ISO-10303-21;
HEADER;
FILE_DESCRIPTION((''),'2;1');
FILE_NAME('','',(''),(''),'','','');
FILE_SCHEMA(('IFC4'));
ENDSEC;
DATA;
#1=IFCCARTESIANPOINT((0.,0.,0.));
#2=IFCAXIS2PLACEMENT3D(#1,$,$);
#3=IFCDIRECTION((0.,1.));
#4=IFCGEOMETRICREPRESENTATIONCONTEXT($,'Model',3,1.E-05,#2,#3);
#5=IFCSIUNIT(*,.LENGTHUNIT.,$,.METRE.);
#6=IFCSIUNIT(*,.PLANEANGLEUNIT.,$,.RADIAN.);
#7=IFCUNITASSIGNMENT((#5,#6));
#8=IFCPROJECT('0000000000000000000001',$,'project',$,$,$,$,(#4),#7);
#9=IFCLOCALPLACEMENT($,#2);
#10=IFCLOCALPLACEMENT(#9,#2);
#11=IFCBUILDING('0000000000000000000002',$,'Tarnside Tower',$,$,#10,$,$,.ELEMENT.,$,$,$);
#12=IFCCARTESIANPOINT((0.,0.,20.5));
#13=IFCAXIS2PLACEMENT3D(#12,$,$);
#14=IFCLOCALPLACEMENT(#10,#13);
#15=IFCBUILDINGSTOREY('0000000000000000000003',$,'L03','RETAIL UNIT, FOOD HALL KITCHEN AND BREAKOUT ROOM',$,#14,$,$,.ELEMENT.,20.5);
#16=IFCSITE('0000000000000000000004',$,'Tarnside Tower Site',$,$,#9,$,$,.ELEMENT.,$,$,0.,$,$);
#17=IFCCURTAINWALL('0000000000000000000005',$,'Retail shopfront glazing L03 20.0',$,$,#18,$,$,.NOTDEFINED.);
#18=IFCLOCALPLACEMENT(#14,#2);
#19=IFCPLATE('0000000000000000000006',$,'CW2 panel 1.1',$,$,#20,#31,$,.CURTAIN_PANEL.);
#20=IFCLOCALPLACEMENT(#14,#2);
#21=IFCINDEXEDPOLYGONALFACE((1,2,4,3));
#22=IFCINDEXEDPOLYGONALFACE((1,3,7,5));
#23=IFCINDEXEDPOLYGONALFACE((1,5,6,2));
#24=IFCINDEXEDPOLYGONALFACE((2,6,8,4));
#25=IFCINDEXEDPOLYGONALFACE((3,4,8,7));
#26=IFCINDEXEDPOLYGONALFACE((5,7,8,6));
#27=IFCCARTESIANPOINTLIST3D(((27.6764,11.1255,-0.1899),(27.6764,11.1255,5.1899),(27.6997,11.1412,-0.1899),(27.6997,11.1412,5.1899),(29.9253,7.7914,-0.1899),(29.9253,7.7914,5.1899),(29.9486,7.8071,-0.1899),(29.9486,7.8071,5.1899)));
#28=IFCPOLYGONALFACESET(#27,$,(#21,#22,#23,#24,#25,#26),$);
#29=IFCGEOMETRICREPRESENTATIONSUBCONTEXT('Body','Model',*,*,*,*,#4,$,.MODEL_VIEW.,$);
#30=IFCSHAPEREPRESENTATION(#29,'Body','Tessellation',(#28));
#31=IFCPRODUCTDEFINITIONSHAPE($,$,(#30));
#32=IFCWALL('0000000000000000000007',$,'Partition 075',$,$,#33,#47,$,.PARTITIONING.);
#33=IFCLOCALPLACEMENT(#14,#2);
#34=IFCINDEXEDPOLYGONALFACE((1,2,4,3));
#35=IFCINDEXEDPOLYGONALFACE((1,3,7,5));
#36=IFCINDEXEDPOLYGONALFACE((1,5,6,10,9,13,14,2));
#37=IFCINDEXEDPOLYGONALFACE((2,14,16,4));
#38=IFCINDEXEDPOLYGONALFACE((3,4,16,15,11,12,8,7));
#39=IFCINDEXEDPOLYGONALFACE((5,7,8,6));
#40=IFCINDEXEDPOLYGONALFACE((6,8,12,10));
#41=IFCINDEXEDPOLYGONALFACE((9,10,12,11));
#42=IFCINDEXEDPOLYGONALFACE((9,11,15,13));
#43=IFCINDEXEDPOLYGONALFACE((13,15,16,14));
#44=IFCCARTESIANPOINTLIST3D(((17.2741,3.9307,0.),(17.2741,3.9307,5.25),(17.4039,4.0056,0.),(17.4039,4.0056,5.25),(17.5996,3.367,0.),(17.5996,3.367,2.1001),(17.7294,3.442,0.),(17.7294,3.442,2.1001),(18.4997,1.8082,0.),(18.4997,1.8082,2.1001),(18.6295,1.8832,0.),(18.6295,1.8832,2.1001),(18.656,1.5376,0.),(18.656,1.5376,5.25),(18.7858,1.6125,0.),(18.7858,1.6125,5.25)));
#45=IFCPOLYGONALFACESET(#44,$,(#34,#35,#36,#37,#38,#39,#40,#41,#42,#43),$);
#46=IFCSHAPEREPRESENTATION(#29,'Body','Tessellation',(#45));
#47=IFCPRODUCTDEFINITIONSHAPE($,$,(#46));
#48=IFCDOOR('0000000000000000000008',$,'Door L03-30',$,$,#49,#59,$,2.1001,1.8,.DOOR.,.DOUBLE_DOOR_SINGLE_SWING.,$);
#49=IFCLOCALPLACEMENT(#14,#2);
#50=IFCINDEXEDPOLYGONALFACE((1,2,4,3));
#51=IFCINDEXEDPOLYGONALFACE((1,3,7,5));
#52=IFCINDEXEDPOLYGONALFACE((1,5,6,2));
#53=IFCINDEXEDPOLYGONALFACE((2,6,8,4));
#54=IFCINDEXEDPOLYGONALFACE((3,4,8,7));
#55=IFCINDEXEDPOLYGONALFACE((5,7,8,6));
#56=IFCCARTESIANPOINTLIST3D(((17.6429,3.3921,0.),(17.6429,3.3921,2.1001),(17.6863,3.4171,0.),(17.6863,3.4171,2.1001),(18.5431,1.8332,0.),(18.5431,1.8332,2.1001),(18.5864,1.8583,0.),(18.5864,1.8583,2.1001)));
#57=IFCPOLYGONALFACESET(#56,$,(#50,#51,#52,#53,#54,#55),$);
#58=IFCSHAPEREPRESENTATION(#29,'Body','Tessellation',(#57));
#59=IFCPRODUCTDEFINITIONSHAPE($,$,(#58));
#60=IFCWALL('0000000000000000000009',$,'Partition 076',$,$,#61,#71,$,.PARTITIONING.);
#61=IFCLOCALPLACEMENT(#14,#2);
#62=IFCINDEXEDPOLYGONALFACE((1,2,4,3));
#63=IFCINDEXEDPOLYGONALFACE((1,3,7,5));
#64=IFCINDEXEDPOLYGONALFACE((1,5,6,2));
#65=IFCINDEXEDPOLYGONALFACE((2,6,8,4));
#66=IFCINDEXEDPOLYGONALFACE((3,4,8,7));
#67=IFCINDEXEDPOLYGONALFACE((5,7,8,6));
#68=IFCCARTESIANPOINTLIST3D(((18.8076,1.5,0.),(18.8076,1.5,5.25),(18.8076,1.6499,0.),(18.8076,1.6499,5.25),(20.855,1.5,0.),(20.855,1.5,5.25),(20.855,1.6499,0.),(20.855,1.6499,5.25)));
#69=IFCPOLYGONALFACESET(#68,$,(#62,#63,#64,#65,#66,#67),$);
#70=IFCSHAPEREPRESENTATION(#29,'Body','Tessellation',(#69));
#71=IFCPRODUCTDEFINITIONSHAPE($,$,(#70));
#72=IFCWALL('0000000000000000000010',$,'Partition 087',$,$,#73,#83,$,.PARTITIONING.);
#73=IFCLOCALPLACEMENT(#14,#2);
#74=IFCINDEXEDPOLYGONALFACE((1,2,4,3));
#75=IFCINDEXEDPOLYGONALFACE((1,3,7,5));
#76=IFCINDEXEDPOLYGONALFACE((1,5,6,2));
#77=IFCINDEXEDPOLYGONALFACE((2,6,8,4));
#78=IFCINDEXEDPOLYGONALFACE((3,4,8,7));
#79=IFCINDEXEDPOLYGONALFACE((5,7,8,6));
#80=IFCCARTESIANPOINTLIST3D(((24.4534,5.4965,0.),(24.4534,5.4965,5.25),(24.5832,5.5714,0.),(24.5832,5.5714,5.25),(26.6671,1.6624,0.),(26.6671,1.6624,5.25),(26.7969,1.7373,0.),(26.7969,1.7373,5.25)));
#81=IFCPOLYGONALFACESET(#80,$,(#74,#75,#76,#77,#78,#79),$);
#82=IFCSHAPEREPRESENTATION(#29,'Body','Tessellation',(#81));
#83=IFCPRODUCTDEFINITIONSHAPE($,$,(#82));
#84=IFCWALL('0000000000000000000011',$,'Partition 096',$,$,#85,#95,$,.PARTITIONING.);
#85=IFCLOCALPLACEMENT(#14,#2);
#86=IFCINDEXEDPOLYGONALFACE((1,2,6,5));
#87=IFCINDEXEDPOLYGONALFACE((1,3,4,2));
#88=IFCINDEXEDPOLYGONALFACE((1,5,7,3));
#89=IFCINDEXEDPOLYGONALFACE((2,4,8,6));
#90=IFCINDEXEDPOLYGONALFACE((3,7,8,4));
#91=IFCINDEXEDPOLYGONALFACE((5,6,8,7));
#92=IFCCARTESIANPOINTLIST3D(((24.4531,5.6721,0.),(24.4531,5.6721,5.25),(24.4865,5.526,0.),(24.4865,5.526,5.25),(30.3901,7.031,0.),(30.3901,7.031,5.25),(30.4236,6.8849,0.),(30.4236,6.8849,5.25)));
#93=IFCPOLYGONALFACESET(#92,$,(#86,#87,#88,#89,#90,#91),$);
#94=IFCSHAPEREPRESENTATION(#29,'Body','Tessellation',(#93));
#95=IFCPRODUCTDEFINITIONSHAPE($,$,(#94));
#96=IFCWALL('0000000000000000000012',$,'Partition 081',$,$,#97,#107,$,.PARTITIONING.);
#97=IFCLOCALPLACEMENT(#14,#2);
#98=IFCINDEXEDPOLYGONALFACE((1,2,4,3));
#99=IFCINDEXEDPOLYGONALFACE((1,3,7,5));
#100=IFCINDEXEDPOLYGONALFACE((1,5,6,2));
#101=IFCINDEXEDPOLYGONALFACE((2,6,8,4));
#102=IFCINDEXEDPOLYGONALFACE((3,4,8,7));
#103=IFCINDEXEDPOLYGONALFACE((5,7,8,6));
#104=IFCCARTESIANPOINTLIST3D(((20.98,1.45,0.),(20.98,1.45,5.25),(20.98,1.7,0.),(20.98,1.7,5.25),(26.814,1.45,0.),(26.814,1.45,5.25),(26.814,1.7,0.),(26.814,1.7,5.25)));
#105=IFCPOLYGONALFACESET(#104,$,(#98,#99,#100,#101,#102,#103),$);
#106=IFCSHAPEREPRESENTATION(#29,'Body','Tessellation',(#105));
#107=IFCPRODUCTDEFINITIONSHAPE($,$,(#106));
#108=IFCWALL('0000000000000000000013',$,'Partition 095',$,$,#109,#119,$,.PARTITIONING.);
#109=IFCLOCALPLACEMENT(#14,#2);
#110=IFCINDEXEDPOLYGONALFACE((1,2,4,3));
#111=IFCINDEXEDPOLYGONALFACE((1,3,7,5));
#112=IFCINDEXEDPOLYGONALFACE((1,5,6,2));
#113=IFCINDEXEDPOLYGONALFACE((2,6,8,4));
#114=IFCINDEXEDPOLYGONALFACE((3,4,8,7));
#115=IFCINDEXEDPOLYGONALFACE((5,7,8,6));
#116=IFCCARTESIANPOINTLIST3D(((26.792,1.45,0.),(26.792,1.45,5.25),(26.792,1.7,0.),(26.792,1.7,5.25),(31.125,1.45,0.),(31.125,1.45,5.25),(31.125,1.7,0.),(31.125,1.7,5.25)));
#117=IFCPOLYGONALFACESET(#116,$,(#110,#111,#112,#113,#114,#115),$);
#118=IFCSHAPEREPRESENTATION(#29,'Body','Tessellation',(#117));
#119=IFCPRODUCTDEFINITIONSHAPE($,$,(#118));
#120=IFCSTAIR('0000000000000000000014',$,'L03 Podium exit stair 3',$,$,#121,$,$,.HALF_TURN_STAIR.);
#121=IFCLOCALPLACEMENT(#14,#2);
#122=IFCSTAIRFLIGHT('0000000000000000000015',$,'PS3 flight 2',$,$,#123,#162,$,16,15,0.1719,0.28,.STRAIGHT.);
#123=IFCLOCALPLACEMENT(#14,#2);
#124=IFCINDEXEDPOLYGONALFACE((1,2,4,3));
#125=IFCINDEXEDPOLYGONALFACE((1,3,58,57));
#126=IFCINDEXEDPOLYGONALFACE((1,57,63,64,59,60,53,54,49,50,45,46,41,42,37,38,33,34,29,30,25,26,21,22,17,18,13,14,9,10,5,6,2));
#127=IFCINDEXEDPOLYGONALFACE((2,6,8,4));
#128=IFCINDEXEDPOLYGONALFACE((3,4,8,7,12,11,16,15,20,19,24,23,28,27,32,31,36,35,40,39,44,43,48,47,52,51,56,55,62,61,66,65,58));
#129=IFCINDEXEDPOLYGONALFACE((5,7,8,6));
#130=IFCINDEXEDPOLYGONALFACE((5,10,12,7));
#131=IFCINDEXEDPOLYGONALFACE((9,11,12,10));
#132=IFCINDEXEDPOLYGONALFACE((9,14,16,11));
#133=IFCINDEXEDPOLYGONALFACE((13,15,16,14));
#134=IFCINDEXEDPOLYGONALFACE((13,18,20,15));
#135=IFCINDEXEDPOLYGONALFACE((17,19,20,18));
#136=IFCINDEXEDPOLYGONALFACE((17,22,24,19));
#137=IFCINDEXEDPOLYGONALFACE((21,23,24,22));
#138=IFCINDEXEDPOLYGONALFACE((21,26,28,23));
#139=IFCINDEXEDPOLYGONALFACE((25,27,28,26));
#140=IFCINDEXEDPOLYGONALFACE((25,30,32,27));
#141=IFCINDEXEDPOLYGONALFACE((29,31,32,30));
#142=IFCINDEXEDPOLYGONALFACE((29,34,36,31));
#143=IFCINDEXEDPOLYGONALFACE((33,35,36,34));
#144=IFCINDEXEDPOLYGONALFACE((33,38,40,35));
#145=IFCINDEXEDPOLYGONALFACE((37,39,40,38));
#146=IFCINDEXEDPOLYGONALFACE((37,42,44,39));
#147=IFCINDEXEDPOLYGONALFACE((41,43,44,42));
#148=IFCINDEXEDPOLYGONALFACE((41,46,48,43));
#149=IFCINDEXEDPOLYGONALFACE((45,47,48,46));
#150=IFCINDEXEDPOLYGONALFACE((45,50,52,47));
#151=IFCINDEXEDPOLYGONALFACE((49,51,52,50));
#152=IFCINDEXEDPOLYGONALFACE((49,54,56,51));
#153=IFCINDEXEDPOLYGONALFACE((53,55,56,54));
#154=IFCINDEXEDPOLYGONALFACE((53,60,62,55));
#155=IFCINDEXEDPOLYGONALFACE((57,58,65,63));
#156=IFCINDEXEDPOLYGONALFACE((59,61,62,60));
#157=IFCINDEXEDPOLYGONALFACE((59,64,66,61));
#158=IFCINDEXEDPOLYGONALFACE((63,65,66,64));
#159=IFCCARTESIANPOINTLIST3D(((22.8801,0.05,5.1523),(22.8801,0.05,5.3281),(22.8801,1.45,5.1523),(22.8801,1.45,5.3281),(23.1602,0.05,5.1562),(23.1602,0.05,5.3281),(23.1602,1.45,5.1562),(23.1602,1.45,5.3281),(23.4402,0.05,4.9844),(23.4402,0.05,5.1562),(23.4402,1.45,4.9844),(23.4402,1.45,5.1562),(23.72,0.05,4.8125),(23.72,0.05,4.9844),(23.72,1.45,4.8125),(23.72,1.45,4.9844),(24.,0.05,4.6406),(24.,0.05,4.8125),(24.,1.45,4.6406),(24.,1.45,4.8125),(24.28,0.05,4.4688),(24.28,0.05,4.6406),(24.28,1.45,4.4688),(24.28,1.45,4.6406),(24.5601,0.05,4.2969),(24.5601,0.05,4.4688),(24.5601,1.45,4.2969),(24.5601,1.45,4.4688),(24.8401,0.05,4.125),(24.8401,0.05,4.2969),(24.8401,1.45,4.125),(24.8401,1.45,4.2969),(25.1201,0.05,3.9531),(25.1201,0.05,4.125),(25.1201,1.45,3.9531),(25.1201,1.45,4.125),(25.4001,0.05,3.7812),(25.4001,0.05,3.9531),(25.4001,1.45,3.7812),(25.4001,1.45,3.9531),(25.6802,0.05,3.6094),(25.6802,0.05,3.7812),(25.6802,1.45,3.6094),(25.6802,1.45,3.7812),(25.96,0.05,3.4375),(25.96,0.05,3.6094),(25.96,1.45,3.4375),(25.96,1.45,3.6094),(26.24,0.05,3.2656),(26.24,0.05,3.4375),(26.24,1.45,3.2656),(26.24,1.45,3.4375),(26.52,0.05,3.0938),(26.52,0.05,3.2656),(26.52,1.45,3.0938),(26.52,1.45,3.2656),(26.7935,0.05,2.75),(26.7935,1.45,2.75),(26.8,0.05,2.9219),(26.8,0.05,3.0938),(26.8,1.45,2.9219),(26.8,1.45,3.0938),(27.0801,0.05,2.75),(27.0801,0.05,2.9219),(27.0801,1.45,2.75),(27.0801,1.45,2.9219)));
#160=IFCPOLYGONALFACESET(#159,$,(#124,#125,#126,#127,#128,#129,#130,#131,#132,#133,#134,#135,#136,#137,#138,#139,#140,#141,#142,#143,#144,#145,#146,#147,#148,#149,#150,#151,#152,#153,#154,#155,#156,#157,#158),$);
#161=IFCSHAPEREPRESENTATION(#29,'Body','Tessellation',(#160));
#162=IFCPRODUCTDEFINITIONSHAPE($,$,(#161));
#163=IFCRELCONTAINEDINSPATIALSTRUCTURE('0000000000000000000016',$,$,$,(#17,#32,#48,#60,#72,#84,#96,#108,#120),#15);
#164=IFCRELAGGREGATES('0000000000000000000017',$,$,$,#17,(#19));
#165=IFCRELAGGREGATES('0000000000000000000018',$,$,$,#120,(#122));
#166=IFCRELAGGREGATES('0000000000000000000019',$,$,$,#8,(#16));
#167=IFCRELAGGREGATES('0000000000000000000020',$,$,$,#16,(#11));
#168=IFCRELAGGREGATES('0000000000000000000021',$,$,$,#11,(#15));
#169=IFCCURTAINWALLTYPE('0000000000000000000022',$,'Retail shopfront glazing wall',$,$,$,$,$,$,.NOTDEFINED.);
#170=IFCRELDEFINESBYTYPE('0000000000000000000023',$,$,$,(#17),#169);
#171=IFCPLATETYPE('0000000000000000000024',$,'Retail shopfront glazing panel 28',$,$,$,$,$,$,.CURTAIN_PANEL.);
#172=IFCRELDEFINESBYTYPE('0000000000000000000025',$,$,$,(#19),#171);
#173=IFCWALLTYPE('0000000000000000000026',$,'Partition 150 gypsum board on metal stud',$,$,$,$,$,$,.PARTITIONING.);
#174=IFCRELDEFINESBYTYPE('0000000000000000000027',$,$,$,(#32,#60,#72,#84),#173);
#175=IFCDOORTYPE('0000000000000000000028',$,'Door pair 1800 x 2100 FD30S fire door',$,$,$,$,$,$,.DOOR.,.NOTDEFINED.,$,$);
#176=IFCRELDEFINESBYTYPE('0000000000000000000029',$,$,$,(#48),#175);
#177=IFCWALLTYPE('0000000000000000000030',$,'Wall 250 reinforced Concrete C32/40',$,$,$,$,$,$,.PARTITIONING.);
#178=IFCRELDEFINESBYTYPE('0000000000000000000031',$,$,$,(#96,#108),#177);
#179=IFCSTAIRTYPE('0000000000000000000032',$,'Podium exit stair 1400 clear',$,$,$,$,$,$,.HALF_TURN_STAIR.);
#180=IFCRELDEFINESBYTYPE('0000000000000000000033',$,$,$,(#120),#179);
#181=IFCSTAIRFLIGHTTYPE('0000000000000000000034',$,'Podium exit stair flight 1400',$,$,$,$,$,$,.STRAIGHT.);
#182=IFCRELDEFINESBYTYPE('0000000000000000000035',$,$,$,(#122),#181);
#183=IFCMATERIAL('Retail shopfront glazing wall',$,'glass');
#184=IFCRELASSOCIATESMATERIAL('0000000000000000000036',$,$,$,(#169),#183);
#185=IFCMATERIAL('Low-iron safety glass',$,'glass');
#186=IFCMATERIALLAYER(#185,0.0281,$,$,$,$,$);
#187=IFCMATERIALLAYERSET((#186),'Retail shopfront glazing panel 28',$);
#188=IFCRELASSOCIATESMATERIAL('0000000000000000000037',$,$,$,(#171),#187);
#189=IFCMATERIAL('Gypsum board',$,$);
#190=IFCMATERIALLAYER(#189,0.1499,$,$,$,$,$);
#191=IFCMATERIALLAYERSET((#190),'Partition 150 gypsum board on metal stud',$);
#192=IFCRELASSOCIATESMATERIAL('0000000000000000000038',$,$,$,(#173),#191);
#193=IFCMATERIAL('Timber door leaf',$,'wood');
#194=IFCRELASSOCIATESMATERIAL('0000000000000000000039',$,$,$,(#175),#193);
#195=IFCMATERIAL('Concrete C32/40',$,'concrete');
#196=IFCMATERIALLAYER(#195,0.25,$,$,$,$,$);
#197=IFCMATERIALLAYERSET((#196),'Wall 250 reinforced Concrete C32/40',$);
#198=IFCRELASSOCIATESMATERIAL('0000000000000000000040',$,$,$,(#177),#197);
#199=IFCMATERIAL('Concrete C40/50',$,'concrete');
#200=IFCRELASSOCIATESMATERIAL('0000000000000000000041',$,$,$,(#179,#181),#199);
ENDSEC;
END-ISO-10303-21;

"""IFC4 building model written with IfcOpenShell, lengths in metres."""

from ifc_helpers import new_model, si_unit, direction, frame, frame_2d, origin, origin_2d, place, context, subcontext, project, spatial, polyline, rectangle, outline, extrude, material, layer, layer_set, type_object, element, fill, aggregate, save


model = new_model("IFC4")

# Units and contexts
model_context = context("Model", 3, precision=1e-05, world=origin(), true_north=direction((0.0, 1.0)))
body_context = subcontext(model_context, "Body", "Model", "MODEL_VIEW")
ifc_project = project(units=[si_unit("LENGTHUNIT", "METRE"), si_unit("PLANEANGLEUNIT", "RADIAN")], contexts=[model_context])

# Site, building, storey
site_placement = place(None, origin())
site = spatial("IfcSite", under=ifc_project, at=site_placement, Name="Tarnside Tower Site", CompositionType="ELEMENT", RefElevation=0.0)
building_placement = place(site_placement, origin())
building = spatial("IfcBuilding", under=site, at=building_placement, Name="Tarnside Tower", CompositionType="ELEMENT")
storey_placement = place(building_placement, frame((0.0, 0.0, 20.5)))
storey = spatial("IfcBuildingStorey", under=building, at=storey_placement, Name="L03", Description="RETAIL UNIT, FOOD HALL KITCHEN AND BREAKOUT ROOM", CompositionType="ELEMENT", Elevation=20.5)

# Curtain wall, plate
ifc_material_1 = material(Name="Retail shopfront glazing wall", Category="glass")
curtain_wall_type = type_object("IfcCurtainWallType", Name="Retail shopfront glazing wall", PredefinedType="NOTDEFINED", material=ifc_material_1)
curtain_wall_placement = place(storey_placement, origin())
curtain_wall = element("IfcCurtainWall", 1, at=curtain_wall_placement, inside=storey, type_object=curtain_wall_type, Name="Retail shopfront glazing L03 20.0", PredefinedType="NOTDEFINED")
ifc_material_2 = material(Name="Low-iron safety glass", Category="glass")
ifc_layer_1 = layer(ifc_material_2, 0.0281)
ifc_layer_set_1 = layer_set([ifc_layer_1], Name="Retail shopfront glazing panel 28")
plate_type = type_object("IfcPlateType", Name="Retail shopfront glazing panel 28", PredefinedType="CURTAIN_PANEL", material=ifc_layer_set_1)
plate_placement = place(storey_placement, frame((28.8125, 9.4663, -0.1899), z_axis=(0.0, 0.0, 1.0), x_axis=(-0.559193, 0.829038, 0.0)))
plate = element("IfcPlate", 2, at=plate_placement, type_object=plate_type, Name="CW2 panel 1.1", PredefinedType="CURTAIN_PANEL", context=body_context, shape_type="SweptSolid", body=[
    extrude(rectangle(XDim=4.0217, YDim=0.0281, at=origin_2d()), origin(), (0.0, 0.0, 1.0), 5.3799),
])
aggregate(curtain_wall, [plate])

# Wall, opening, door
ifc_material_3 = material(Name="Gypsum board")
ifc_layer_2 = layer(ifc_material_3, 0.1499)
ifc_layer_set_2 = layer_set([ifc_layer_2], Name="Partition 150 gypsum board on metal stud")
wall_type_1 = type_object("IfcWallType", Name="Partition 150 gypsum board on metal stud", PredefinedType="PARTITIONING", material=ifc_layer_set_2)
wall_1_placement = place(storey_placement, frame((18.7209, 1.575, 0.0), z_axis=(0.0, 0.0, 1.0), x_axis=(-0.500054, 0.865994, 0.0)))
wall_1 = element("IfcWall", 3, at=wall_1_placement, inside=storey, type_object=wall_type_1, Name="Partition 075", PredefinedType="PARTITIONING", context=body_context, shape_type="SweptSolid", body=[
    extrude(rectangle(XDim=2.7634, YDim=0.1499, at=frame_2d((1.3818, 0.0))), origin(), (0.0, 0.0, 1.0), 5.25),
])
opening_placement = place(wall_1_placement, frame((0.3127, 0.0, 0.0)))
opening = element("IfcOpeningElement", 4, at=opening_placement, cuts=wall_1, PredefinedType="OPENING", context=body_context, shape_type="SweptSolid", body=[
    extrude(rectangle(XDim=1.8, YDim=2.1001, at=frame_2d((0.8999, 1.05))), frame((0.0, 0.085, 0.0), z_axis=(0.0, -1.0, 0.0), x_axis=(1.0, 0.0, 0.0)), (0.0, 0.0, 1.0), 0.1699),
])
ifc_material_4 = material(Name="Timber door leaf", Category="wood")
door_type = type_object("IfcDoorType", Name="Door pair 1800 x 2100 FD30S fire door", OperationType="NOTDEFINED", PredefinedType="DOOR", material=ifc_material_4)
door_placement = place(opening_placement, origin())
door = element("IfcDoor", 5, at=door_placement, inside=storey, type_object=door_type, Name="Door L03-30", OperationType="DOUBLE_DOOR_SINGLE_SWING", OverallHeight=2.1001, OverallWidth=1.8, PredefinedType="DOOR", context=body_context, shape_type="SweptSolid", body=[
    extrude(rectangle(XDim=1.8, YDim=2.1001, at=frame_2d((0.8999, 1.05))), frame((0.0, 0.0249, 0.0), z_axis=(0.0, -1.0, 0.0), x_axis=(1.0, 0.0, 0.0)), (0.0, 0.0, 1.0), 0.05),
])
fill(opening, door)

# Walls
wall_2_placement = place(storey_placement, frame((18.8076, 1.575, 0.0), z_axis=(0.0, 0.0, 1.0), x_axis=(1.0, 0.0, 0.0)))
element("IfcWall", 6, at=wall_2_placement, inside=storey, type_object=wall_type_1, Name="Partition 076", PredefinedType="PARTITIONING", context=body_context, shape_type="SweptSolid", body=[
    extrude(rectangle(XDim=2.0474, YDim=0.1499, at=frame_2d((1.0237, 0.0))), origin(), (0.0, 0.0, 1.0), 5.25),
])
wall_3_placement = place(storey_placement, frame((24.5183, 5.5339, 0.0), z_axis=(0.0, 0.0, 1.0), x_axis=(0.500012, -0.866018, 0.0)))
element("IfcWall", 7, at=wall_3_placement, inside=storey, type_object=wall_type_1, Name="Partition 087", PredefinedType="PARTITIONING", context=body_context, shape_type="SweptSolid", body=[
    extrude(rectangle(XDim=4.4272, YDim=0.1499, at=frame_2d((2.2136, 0.0))), origin(), (0.0, 0.0, 1.0), 5.25),
])
wall_4_placement = place(storey_placement, frame((30.407, 6.958, 0.0), z_axis=(0.0, 0.0, 1.0), x_axis=(-0.974792, -0.223114, 0.0)))
element("IfcWall", 8, at=wall_4_placement, inside=storey, type_object=wall_type_1, Name="Partition 096", PredefinedType="PARTITIONING", context=body_context, shape_type="SweptSolid", body=[
    extrude(rectangle(XDim=6.0906, YDim=0.1499, at=frame_2d((3.0454, 0.0))), origin(), (0.0, 0.0, 1.0), 5.25),
])
ifc_material_5 = material(Name="Concrete C32/40", Category="concrete")
ifc_layer_3 = layer(ifc_material_5, 0.25)
ifc_layer_set_3 = layer_set([ifc_layer_3], Name="Wall 250 reinforced Concrete C32/40")
wall_type_2 = type_object("IfcWallType", Name="Wall 250 reinforced Concrete C32/40", PredefinedType="PARTITIONING", material=ifc_layer_set_3)
wall_5_placement = place(storey_placement, frame((20.98, 1.575, 0.0), z_axis=(0.0, 0.0, 1.0), x_axis=(1.0, 0.0, 0.0)))
element("IfcWall", 9, at=wall_5_placement, inside=storey, type_object=wall_type_2, Name="Partition 081", PredefinedType="PARTITIONING", context=body_context, shape_type="SweptSolid", body=[
    extrude(rectangle(XDim=5.834, YDim=0.25, at=frame_2d((2.917, 0.0))), origin(), (0.0, 0.0, 1.0), 5.25),
])
wall_6_placement = place(storey_placement, frame((26.792, 1.575, 0.0), z_axis=(0.0, 0.0, 1.0), x_axis=(1.0, 0.0, 0.0)))
element("IfcWall", 10, at=wall_6_placement, inside=storey, type_object=wall_type_2, Name="Partition 095", PredefinedType="PARTITIONING", context=body_context, shape_type="SweptSolid", body=[
    extrude(rectangle(XDim=4.333, YDim=0.25, at=frame_2d((2.1665, 0.0))), origin(), (0.0, 0.0, 1.0), 5.25),
])

# Stair, stair flight
ifc_material_6 = material(Name="Concrete C40/50", Category="concrete")
stair_type = type_object("IfcStairType", Name="Podium exit stair 1400 clear", PredefinedType="HALF_TURN_STAIR", material=ifc_material_6)
stair_placement = place(storey_placement, origin())
stair = element("IfcStair", 11, at=stair_placement, inside=storey, type_object=stair_type, Name="L03 Podium exit stair 3", PredefinedType="HALF_TURN_STAIR")
stair_flight_type = type_object("IfcStairFlightType", Name="Podium exit stair flight 1400", PredefinedType="STRAIGHT", material=ifc_material_6)
stair_flight_placement = place(storey_placement, frame((27.0801, 0.75, 2.75), z_axis=(0.0, 0.0, 1.0), x_axis=(-1.0, 0.0, 0.0)))
stair_flight = element("IfcStairFlight", 12, at=stair_flight_placement, type_object=stair_flight_type, Name="PS3 flight 2", NumberOfRisers=16, NumberOfTreads=15, PredefinedType="STRAIGHT", RiserHeight=0.1719, TreadLength=0.28, context=body_context, shape_type="SweptSolid", body=[
    extrude(outline(polyline([(0.0, 0.0), (0.0, 0.1719), (0.28, 0.1719), (0.28, 0.3438), (0.5601, 0.3438), (0.5601, 0.5156), (0.8401, 0.5156), (0.8401, 0.6875), (1.1201, 0.6875), (1.1201, 0.8594), (1.3999, 0.8594), (1.3999, 1.0312), (1.6799, 1.0312), (1.6799, 1.2031), (1.96, 1.2031), (1.96, 1.375), (2.24, 1.375), (2.24, 1.5469), (2.52, 1.5469), (2.52, 1.7188), (2.8, 1.7188), (2.8, 1.8906), (3.0801, 1.8906), (3.0801, 2.0625), (3.3601, 2.0625), (3.3601, 2.2344), (3.6399, 2.2344), (3.6399, 2.4062), (3.9199, 2.4062), (3.9199, 2.5781), (4.2, 2.5781), (4.2, 2.75), (4.2, 2.4023), (0.2866, 0.0), (0.0, 0.0)])), frame((0.0, 0.7, 0.0), z_axis=(0.0, -1.0, 0.0), x_axis=(1.0, 0.0, 0.0)), (0.0, 0.0, 1.0), 1.3999),
])
aggregate(stair, [stair_flight])

save(model, "model.ifc")
